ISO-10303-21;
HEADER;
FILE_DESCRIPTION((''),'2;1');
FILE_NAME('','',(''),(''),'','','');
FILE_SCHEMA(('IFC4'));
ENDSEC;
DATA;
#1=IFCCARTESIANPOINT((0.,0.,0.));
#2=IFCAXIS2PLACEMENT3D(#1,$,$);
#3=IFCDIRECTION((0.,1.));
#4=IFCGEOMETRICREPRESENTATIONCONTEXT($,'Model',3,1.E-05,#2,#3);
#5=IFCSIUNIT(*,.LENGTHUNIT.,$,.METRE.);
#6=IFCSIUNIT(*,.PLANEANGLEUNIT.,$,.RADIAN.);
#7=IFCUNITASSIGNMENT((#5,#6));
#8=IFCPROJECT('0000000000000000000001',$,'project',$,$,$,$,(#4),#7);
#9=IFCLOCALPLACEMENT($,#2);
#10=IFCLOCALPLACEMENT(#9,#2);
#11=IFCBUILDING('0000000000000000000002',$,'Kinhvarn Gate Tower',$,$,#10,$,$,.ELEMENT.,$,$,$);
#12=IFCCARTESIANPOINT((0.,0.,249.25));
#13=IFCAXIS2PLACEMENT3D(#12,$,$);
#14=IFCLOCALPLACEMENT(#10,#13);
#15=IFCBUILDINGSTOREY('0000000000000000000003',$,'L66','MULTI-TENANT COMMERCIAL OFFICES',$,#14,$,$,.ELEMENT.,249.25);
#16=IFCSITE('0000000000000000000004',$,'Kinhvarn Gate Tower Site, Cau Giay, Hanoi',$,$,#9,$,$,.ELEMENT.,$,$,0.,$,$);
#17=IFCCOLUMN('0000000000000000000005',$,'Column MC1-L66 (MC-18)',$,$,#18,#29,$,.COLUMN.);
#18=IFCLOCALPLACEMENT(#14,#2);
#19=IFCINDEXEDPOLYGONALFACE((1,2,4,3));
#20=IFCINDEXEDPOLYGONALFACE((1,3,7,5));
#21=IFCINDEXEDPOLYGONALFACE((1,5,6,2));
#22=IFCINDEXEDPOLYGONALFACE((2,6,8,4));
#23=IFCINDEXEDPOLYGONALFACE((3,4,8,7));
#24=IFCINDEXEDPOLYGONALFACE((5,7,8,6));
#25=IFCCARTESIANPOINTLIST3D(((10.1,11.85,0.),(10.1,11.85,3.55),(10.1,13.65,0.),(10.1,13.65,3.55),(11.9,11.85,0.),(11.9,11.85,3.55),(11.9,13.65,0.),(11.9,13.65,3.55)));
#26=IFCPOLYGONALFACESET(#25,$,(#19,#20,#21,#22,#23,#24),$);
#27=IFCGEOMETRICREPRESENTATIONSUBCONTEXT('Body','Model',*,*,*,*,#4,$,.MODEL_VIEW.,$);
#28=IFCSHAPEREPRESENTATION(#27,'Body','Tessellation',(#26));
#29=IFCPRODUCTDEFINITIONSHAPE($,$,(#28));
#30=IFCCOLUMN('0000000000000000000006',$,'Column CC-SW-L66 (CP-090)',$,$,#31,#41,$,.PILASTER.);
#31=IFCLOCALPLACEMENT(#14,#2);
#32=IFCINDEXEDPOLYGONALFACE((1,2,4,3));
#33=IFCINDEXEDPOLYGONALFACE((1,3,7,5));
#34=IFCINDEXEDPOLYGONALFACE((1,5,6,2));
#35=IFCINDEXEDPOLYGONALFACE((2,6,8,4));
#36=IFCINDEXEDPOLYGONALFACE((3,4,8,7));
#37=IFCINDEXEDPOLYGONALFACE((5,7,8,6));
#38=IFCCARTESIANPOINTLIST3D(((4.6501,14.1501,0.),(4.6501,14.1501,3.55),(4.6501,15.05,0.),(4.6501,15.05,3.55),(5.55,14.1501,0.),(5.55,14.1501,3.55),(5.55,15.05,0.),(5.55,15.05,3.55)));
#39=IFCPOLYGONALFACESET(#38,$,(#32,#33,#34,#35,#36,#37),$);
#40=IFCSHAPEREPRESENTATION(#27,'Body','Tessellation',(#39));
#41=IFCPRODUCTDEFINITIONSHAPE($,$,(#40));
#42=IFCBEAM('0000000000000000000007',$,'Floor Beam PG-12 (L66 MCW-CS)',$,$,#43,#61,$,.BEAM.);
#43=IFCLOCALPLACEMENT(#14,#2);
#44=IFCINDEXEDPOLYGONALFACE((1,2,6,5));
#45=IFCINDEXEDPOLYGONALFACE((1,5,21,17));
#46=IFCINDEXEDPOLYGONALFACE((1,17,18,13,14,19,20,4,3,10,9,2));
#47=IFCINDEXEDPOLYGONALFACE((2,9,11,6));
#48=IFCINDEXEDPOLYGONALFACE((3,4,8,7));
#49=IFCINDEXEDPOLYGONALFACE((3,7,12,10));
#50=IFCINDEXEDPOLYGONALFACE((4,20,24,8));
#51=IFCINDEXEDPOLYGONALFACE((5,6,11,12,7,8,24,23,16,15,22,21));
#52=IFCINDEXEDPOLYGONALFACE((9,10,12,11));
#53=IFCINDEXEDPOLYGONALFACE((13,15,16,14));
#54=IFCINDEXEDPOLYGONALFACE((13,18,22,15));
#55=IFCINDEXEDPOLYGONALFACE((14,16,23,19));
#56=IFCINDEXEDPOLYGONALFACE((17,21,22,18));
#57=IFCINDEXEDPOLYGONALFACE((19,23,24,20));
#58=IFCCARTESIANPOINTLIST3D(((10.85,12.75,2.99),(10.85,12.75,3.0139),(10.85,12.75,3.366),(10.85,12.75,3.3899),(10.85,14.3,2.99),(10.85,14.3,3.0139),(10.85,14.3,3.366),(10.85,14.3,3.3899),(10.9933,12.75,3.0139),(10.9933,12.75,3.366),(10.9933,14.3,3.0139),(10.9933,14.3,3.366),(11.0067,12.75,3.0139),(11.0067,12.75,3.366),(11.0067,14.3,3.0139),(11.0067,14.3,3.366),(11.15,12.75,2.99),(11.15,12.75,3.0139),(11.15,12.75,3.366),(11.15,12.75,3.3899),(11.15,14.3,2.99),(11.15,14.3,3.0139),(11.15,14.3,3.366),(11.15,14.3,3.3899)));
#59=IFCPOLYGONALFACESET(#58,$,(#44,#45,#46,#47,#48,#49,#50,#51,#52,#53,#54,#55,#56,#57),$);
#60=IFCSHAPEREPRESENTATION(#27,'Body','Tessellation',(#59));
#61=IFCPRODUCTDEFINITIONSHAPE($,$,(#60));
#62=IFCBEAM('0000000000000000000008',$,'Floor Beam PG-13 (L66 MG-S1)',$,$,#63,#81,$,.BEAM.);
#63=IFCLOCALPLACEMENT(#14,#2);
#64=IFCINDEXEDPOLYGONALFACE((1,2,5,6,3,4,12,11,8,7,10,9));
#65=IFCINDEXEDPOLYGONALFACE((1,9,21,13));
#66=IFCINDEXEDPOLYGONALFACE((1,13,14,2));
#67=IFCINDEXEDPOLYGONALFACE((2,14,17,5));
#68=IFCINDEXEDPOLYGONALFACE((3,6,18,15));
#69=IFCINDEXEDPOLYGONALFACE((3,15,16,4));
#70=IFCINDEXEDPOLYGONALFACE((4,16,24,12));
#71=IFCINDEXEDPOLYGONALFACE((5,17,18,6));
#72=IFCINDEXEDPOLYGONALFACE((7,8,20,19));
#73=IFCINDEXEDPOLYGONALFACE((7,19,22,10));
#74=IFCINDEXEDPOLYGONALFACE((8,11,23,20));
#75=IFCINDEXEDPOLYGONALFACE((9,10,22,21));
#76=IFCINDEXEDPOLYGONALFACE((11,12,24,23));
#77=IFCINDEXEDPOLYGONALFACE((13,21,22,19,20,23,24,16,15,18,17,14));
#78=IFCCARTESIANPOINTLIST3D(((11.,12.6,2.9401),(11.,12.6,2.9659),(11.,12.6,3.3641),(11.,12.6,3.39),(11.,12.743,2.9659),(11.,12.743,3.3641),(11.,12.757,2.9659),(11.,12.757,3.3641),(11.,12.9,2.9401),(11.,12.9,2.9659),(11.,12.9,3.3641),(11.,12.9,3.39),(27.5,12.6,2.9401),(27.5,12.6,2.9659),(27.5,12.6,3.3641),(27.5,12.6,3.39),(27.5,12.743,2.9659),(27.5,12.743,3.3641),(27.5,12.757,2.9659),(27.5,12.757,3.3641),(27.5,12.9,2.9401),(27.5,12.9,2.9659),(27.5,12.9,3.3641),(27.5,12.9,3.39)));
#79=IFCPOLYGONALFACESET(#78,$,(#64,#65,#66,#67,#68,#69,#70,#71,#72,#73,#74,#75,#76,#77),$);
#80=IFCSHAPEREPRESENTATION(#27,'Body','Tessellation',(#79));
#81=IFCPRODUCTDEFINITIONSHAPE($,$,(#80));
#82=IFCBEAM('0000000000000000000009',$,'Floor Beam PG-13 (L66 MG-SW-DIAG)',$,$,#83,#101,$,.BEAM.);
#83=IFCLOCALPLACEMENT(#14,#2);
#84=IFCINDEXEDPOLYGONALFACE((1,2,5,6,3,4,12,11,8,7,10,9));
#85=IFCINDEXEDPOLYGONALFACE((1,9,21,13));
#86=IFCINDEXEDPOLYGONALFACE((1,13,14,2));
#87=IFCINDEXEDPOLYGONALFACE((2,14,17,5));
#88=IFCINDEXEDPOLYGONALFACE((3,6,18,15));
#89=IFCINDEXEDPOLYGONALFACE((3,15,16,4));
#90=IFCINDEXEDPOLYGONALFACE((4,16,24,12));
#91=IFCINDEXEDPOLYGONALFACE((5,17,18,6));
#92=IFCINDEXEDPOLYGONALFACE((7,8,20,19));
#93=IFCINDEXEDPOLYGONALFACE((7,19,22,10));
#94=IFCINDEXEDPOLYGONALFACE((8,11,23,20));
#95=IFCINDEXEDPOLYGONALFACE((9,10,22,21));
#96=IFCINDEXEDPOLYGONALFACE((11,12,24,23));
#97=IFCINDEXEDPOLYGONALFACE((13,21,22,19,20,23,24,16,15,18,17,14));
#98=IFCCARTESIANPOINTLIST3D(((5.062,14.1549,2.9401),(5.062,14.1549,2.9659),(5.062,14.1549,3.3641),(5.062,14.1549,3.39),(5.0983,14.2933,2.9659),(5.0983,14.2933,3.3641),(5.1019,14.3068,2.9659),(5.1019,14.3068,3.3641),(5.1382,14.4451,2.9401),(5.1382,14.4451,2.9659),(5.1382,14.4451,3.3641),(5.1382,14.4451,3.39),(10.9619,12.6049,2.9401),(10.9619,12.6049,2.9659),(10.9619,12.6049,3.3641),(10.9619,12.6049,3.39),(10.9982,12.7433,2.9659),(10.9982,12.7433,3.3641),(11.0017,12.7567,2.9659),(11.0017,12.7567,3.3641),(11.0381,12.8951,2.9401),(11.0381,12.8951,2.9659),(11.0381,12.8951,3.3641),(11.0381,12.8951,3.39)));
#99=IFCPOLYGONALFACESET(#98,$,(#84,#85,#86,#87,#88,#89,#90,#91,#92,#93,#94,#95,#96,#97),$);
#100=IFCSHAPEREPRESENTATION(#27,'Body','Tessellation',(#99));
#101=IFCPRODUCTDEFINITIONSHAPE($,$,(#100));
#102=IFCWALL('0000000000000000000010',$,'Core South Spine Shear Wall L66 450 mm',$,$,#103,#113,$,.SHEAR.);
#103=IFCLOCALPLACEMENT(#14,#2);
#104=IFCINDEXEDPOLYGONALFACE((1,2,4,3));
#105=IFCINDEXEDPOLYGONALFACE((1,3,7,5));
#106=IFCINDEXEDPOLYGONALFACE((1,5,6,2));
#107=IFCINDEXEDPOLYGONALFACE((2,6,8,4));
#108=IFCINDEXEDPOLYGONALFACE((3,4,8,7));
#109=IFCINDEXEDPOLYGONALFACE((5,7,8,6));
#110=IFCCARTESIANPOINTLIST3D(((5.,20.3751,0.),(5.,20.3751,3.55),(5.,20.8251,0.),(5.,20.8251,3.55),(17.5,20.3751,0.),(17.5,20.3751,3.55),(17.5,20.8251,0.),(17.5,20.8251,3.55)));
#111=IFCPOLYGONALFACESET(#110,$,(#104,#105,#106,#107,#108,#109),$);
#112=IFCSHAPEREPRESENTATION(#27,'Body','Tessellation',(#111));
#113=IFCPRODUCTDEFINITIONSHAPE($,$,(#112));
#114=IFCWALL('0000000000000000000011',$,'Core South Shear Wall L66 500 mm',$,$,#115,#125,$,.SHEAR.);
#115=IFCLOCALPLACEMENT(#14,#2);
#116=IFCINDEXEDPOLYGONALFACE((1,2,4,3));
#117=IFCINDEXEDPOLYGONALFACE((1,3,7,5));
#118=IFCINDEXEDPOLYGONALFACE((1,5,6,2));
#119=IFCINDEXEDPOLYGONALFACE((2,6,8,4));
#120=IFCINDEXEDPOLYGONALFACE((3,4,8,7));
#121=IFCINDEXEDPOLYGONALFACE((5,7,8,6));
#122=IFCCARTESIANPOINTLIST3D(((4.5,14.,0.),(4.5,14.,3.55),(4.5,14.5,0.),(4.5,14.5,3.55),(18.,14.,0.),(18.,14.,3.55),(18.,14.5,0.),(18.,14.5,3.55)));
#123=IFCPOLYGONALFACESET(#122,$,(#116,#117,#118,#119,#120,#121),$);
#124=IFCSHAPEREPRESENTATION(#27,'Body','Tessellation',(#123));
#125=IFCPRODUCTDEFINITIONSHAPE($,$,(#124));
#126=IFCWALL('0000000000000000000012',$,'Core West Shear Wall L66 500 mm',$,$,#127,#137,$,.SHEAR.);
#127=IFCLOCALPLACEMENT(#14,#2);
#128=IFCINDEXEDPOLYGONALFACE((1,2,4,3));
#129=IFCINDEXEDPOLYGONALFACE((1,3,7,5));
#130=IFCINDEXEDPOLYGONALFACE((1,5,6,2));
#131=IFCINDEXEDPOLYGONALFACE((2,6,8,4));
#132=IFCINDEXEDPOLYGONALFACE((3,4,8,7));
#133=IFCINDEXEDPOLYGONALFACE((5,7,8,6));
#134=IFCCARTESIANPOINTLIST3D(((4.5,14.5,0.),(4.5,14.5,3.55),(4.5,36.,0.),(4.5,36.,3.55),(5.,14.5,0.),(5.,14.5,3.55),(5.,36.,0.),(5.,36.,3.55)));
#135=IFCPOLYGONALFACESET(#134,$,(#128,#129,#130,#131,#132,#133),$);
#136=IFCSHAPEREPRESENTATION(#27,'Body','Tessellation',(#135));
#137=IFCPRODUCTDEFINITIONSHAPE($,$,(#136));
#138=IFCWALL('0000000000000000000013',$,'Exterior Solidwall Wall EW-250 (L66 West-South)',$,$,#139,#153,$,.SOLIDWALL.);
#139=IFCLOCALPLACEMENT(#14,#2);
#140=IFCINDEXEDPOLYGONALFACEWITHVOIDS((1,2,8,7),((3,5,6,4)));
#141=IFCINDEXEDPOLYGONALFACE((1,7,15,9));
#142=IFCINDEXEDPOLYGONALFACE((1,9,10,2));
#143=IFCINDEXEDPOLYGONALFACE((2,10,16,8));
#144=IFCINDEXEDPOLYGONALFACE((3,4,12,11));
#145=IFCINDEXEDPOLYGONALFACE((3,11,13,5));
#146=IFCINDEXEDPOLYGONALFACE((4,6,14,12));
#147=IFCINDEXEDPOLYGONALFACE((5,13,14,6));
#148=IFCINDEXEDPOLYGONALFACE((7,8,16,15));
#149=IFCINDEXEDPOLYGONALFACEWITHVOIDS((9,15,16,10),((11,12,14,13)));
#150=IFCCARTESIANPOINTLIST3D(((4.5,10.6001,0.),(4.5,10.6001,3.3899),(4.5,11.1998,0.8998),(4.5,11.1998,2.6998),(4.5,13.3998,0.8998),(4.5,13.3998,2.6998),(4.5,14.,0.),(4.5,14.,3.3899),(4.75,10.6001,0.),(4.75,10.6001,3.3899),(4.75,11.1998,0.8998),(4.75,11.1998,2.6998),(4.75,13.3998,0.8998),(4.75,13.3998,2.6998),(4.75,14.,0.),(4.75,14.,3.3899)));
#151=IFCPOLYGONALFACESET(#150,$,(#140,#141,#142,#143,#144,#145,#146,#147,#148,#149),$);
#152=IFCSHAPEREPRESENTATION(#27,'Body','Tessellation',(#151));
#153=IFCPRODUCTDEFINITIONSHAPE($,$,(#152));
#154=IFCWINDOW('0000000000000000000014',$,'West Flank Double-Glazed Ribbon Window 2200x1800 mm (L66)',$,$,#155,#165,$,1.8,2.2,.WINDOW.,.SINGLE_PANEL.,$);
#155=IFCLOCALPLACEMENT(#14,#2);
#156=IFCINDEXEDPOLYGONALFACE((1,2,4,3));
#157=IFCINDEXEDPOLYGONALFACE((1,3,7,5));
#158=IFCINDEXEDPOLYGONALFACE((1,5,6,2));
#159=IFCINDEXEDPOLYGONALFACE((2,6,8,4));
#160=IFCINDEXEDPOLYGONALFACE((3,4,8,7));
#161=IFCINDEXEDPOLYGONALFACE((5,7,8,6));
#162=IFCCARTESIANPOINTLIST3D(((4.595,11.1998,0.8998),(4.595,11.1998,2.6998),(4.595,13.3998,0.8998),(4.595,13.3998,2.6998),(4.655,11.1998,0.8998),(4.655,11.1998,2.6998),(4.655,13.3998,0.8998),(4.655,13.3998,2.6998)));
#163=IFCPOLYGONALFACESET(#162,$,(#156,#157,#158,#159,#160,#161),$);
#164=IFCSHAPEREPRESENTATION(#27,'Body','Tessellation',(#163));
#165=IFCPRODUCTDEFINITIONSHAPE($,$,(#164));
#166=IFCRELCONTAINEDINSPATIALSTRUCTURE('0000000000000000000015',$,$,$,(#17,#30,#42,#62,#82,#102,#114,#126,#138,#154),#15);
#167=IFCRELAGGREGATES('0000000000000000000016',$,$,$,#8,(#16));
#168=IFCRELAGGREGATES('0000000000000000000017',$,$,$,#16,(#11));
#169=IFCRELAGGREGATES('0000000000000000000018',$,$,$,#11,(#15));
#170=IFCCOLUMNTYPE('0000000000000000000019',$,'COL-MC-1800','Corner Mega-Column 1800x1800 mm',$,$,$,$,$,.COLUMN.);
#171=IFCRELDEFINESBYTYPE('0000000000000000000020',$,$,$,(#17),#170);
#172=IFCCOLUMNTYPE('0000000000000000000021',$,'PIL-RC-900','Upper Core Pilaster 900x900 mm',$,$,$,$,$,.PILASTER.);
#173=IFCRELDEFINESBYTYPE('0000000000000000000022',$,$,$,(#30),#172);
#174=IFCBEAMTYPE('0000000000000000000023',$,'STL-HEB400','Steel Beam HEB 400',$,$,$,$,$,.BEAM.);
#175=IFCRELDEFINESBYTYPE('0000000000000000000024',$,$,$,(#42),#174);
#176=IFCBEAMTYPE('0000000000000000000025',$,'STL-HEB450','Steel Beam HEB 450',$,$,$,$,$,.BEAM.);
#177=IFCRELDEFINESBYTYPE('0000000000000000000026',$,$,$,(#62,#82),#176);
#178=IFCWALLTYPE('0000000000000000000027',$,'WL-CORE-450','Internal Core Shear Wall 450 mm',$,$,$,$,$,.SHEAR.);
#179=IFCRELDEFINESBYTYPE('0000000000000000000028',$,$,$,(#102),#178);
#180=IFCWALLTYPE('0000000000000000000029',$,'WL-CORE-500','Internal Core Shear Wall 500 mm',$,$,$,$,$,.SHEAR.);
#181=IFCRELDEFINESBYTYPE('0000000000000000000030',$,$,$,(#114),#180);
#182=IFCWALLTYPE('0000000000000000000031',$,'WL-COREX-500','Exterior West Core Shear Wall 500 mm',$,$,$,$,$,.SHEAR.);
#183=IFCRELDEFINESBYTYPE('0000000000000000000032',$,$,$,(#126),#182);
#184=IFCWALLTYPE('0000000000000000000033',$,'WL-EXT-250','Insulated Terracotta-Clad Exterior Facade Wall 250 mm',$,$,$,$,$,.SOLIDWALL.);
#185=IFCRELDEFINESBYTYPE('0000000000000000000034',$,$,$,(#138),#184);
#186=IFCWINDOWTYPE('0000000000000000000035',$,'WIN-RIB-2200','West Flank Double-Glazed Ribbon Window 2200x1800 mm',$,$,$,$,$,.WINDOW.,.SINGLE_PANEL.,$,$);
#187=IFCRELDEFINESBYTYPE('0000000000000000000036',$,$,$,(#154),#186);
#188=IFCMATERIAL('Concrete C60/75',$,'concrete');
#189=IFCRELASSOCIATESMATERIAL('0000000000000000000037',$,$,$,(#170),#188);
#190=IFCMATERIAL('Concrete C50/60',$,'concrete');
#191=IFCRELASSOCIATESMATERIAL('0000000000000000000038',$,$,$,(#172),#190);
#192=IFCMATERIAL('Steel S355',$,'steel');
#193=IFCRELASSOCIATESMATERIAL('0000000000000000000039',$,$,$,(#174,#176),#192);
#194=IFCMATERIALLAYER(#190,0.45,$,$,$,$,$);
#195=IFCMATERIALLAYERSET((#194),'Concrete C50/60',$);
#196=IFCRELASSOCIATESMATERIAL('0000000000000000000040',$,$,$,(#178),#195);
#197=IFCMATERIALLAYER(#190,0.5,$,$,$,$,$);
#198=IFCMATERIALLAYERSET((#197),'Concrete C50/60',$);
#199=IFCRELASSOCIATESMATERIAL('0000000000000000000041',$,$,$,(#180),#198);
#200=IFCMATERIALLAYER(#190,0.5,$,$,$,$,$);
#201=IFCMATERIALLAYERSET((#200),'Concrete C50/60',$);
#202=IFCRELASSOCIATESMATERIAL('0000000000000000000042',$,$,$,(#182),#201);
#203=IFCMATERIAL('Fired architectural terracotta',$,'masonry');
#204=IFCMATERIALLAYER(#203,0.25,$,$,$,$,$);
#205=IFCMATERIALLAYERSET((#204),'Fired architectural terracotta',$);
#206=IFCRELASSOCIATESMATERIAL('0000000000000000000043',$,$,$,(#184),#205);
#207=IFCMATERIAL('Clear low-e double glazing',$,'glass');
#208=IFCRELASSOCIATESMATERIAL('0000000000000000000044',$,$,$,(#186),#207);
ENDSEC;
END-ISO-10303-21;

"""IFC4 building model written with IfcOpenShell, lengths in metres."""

from ifc_helpers import new_model, si_unit, direction, frame, frame_2d, origin, origin_2d, place, context, subcontext, project, spatial, rectangle, i_section, extrude, material, layer, layer_set, material_profile, profile_set, type_object, element, fill, save


model = new_model("IFC4")

# Units and contexts
model_context = context("Model", 3, precision=1e-05, world=origin(), true_north=direction((0.0, 1.0)))
body_context = subcontext(model_context, "Body", "Model", "MODEL_VIEW")
ifc_project = project(units=[si_unit("LENGTHUNIT", "METRE"), si_unit("PLANEANGLEUNIT", "RADIAN")], contexts=[model_context])

# Site, building, storey
site_placement = place(None, origin())
site = spatial("IfcSite", under=ifc_project, at=site_placement, Name="Kinhvarn Gate Tower Site, Cau Giay, Hanoi", CompositionType="ELEMENT", RefElevation=0.0)
building_placement = place(site_placement, origin())
building = spatial("IfcBuilding", under=site, at=building_placement, Name="Kinhvarn Gate Tower", CompositionType="ELEMENT")
storey_placement = place(building_placement, frame((0.0, 0.0, 249.25)))
storey = spatial("IfcBuildingStorey", under=building, at=storey_placement, Name="L66", Description="MULTI-TENANT COMMERCIAL OFFICES", CompositionType="ELEMENT", Elevation=249.25)

# Columns
ifc_material_1 = material(Name="Concrete C60/75", Category="concrete")
ifc_material_profile_1 = material_profile(ifc_material_1, rectangle(XDim=1.8, YDim=1.8, at=origin_2d()), Name="RC 1800x1800")
ifc_profile_set_1 = profile_set([ifc_material_profile_1], Name="Concrete C60/75")
column_type_1 = type_object("IfcColumnType", Name="COL-MC-1800", Description="Corner Mega-Column 1800x1800 mm", PredefinedType="COLUMN", material=ifc_profile_set_1)
column_1_placement = place(storey_placement, frame((11.0, 12.75, 0.0), z_axis=(0.0, 0.0, 1.0), x_axis=(1.0, 0.0, 0.0)))
element("IfcColumn", 1, at=column_1_placement, inside=storey, type_object=column_type_1, Name="Column MC1-L66 (MC-18)", PredefinedType="COLUMN", context=body_context, shape_type="SweptSolid", body=[
    extrude(rectangle(XDim=1.8, YDim=1.8, at=origin_2d()), origin(), (0.0, 0.0, 1.0), 3.55),
])
ifc_material_2 = material(Name="Concrete C50/60", Category="concrete")
ifc_material_profile_2 = material_profile(ifc_material_2, rectangle(XDim=0.8999, YDim=0.8999, at=origin_2d()), Name="RC 900x900")
ifc_profile_set_2 = profile_set([ifc_material_profile_2], Name="Concrete C50/60")
column_type_2 = type_object("IfcColumnType", Name="PIL-RC-900", Description="Upper Core Pilaster 900x900 mm", PredefinedType="PILASTER", material=ifc_profile_set_2)
column_2_placement = place(storey_placement, frame((5.1001, 14.6001, 0.0), z_axis=(0.0, 0.0, 1.0), x_axis=(1.0, 0.0, 0.0)))
element("IfcColumn", 2, at=column_2_placement, inside=storey, type_object=column_type_2, Name="Column CC-SW-L66 (CP-090)", PredefinedType="PILASTER", context=body_context, shape_type="SweptSolid", body=[
    extrude(rectangle(XDim=0.8999, YDim=0.8999, at=origin_2d()), origin(), (0.0, 0.0, 1.0), 3.55),
])

# Beams
ifc_material_3 = material(Name="Steel S355", Category="steel")
ifc_material_profile_3 = material_profile(ifc_material_3, i_section(OverallWidth=0.3, OverallDepth=0.3999, WebThickness=0.0134, FlangeThickness=0.0239, at=origin_2d()), Name="HEB 400")
ifc_profile_set_3 = profile_set([ifc_material_profile_3], Name="Steel S355")
beam_type_1 = type_object("IfcBeamType", Name="STL-HEB400", Description="Steel Beam HEB 400", PredefinedType="BEAM", material=ifc_profile_set_3)
beam_1_placement = place(storey_placement, frame((11.0, 12.75, 3.1899), z_axis=(0.0, 1.0, 0.0), x_axis=(-1.0, 0.0, 0.0)))
element("IfcBeam", 3, at=beam_1_placement, inside=storey, type_object=beam_type_1, Name="Floor Beam PG-12 (L66 MCW-CS)", PredefinedType="BEAM", context=body_context, shape_type="SweptSolid", body=[
    extrude(i_section(OverallWidth=0.3, OverallDepth=0.3999, WebThickness=0.0134, FlangeThickness=0.0239, at=origin_2d()), origin(), (0.0, 0.0, 1.0), 1.55),
])
ifc_material_profile_4 = material_profile(ifc_material_3, i_section(OverallWidth=0.3, OverallDepth=0.45, WebThickness=0.0139, FlangeThickness=0.0259, at=origin_2d()), Name="HEB 450")
ifc_profile_set_4 = profile_set([ifc_material_profile_4], Name="Steel S355")
beam_type_2 = type_object("IfcBeamType", Name="STL-HEB450", Description="Steel Beam HEB 450", PredefinedType="BEAM", material=ifc_profile_set_4)
beam_2_placement = place(storey_placement, frame((11.0, 12.75, 3.165), z_axis=(1.0, 0.0, 0.0), x_axis=(0.0, 1.0, 0.0)))
element("IfcBeam", 4, at=beam_2_placement, inside=storey, type_object=beam_type_2, Name="Floor Beam PG-13 (L66 MG-S1)", PredefinedType="BEAM", context=body_context, shape_type="SweptSolid", body=[
    extrude(i_section(OverallWidth=0.3, OverallDepth=0.45, WebThickness=0.0139, FlangeThickness=0.0259, at=origin_2d()), origin(), (0.0, 0.0, 1.0), 16.5),
])
beam_3_placement = place(storey_placement, frame((5.1001, 14.3, 3.165), z_axis=(0.967178, -0.254101, 0.0), x_axis=(0.254101, 0.967178, 0.0)))
element("IfcBeam", 5, at=beam_3_placement, inside=storey, type_object=beam_type_2, Name="Floor Beam PG-13 (L66 MG-SW-DIAG)", PredefinedType="BEAM", context=body_context, shape_type="SweptSolid", body=[
    extrude(i_section(OverallWidth=0.3, OverallDepth=0.45, WebThickness=0.0139, FlangeThickness=0.0259, at=origin_2d()), origin(), (0.0, 0.0, 1.0), 6.1001),
])

# Walls
ifc_layer_1 = layer(ifc_material_2, 0.45)
ifc_layer_set_1 = layer_set([ifc_layer_1], Name="Concrete C50/60")
wall_type_1 = type_object("IfcWallType", Name="WL-CORE-450", Description="Internal Core Shear Wall 450 mm", PredefinedType="SHEAR", material=ifc_layer_set_1)
wall_1_placement = place(storey_placement, frame((5.0, 20.6001, 0.0), z_axis=(0.0, 0.0, 1.0), x_axis=(1.0, 0.0, 0.0)))
element("IfcWall", 6, at=wall_1_placement, inside=storey, type_object=wall_type_1, Name="Core South Spine Shear Wall L66 450 mm", PredefinedType="SHEAR", context=body_context, shape_type="SweptSolid", body=[
    extrude(rectangle(XDim=12.5, YDim=0.45, at=frame_2d((6.25, 0.0))), origin(), (0.0, 0.0, 1.0), 3.55),
])
ifc_layer_2 = layer(ifc_material_2, 0.5)
ifc_layer_set_2 = layer_set([ifc_layer_2], Name="Concrete C50/60")
wall_type_2 = type_object("IfcWallType", Name="WL-CORE-500", Description="Internal Core Shear Wall 500 mm", PredefinedType="SHEAR", material=ifc_layer_set_2)
wall_2_placement = place(storey_placement, frame((4.5, 14.25, 0.0), z_axis=(0.0, 0.0, 1.0), x_axis=(1.0, 0.0, 0.0)))
element("IfcWall", 7, at=wall_2_placement, inside=storey, type_object=wall_type_2, Name="Core South Shear Wall L66 500 mm", PredefinedType="SHEAR", context=body_context, shape_type="SweptSolid", body=[
    extrude(rectangle(XDim=13.5, YDim=0.5, at=frame_2d((6.75, 0.0))), origin(), (0.0, 0.0, 1.0), 3.55),
])
ifc_layer_3 = layer(ifc_material_2, 0.5)
ifc_layer_set_3 = layer_set([ifc_layer_3], Name="Concrete C50/60")
wall_type_3 = type_object("IfcWallType", Name="WL-COREX-500", Description="Exterior West Core Shear Wall 500 mm", PredefinedType="SHEAR", material=ifc_layer_set_3)
wall_3_placement = place(storey_placement, frame((4.75, 14.5, 0.0), z_axis=(0.0, 0.0, 1.0), x_axis=(0.0, 1.0, 0.0)))
element("IfcWall", 8, at=wall_3_placement, inside=storey, type_object=wall_type_3, Name="Core West Shear Wall L66 500 mm", PredefinedType="SHEAR", context=body_context, shape_type="SweptSolid", body=[
    extrude(rectangle(XDim=21.5, YDim=0.5, at=frame_2d((10.75, 0.0))), origin(), (0.0, 0.0, 1.0), 3.55),
])

# Wall, opening, window
ifc_material_4 = material(Name="Fired architectural terracotta", Category="masonry")
ifc_layer_4 = layer(ifc_material_4, 0.25)
ifc_layer_set_4 = layer_set([ifc_layer_4], Name="Fired architectural terracotta")
wall_type_4 = type_object("IfcWallType", Name="WL-EXT-250", Description="Insulated Terracotta-Clad Exterior Facade Wall 250 mm", PredefinedType="SOLIDWALL", material=ifc_layer_set_4)
wall_4_placement = place(storey_placement, frame((4.625, 14.0, 0.0), z_axis=(0.0, 0.0, 1.0), x_axis=(0.0, -1.0, 0.0)))
wall_4 = element("IfcWall", 9, at=wall_4_placement, inside=storey, type_object=wall_type_4, Name="Exterior Solidwall Wall EW-250 (L66 West-South)", PredefinedType="SOLIDWALL", context=body_context, shape_type="SweptSolid", body=[
    extrude(rectangle(XDim=3.3999, YDim=0.25, at=frame_2d((1.7, 0.0))), origin(), (0.0, 0.0, 1.0), 3.3899),
])
opening_1_placement = place(wall_4_placement, frame((0.6001, 0.0, 0.8999)))
opening_1 = element("IfcOpeningElement", 10, at=opening_1_placement, cuts=wall_4, PredefinedType="OPENING", context=body_context, shape_type="SweptSolid", body=[
    extrude(rectangle(XDim=2.2, YDim=1.8, at=frame_2d((1.1001, 0.8999))), frame((0.0, 0.135, 0.0), z_axis=(0.0, -1.0, 0.0), x_axis=(1.0, 0.0, 0.0)), (0.0, 0.0, 1.0), 0.27),
])
ifc_material_5 = material(Name="Clear low-e double glazing", Category="glass")
window_type_1 = type_object("IfcWindowType", Name="WIN-RIB-2200", Description="West Flank Double-Glazed Ribbon Window 2200x1800 mm", PartitioningType="SINGLE_PANEL", PredefinedType="WINDOW", material=ifc_material_5)
window_1_placement = place(opening_1_placement, origin())
window_1 = element("IfcWindow", 11, at=window_1_placement, inside=storey, type_object=window_type_1, Name="West Flank Double-Glazed Ribbon Window 2200x1800 mm (L66)", OverallHeight=1.8, OverallWidth=2.2, PartitioningType="SINGLE_PANEL", PredefinedType="WINDOW", context=body_context, shape_type="SweptSolid", body=[
    extrude(rectangle(XDim=2.2, YDim=1.8, at=frame_2d((1.1001, 0.8999))), frame((0.0, 0.03, 0.0), z_axis=(0.0, -1.0, 0.0), x_axis=(1.0, 0.0, 0.0)), (0.0, 0.0, 1.0), 0.0601),
])
fill(opening_1, window_1)

save(model, "model.ifc")
